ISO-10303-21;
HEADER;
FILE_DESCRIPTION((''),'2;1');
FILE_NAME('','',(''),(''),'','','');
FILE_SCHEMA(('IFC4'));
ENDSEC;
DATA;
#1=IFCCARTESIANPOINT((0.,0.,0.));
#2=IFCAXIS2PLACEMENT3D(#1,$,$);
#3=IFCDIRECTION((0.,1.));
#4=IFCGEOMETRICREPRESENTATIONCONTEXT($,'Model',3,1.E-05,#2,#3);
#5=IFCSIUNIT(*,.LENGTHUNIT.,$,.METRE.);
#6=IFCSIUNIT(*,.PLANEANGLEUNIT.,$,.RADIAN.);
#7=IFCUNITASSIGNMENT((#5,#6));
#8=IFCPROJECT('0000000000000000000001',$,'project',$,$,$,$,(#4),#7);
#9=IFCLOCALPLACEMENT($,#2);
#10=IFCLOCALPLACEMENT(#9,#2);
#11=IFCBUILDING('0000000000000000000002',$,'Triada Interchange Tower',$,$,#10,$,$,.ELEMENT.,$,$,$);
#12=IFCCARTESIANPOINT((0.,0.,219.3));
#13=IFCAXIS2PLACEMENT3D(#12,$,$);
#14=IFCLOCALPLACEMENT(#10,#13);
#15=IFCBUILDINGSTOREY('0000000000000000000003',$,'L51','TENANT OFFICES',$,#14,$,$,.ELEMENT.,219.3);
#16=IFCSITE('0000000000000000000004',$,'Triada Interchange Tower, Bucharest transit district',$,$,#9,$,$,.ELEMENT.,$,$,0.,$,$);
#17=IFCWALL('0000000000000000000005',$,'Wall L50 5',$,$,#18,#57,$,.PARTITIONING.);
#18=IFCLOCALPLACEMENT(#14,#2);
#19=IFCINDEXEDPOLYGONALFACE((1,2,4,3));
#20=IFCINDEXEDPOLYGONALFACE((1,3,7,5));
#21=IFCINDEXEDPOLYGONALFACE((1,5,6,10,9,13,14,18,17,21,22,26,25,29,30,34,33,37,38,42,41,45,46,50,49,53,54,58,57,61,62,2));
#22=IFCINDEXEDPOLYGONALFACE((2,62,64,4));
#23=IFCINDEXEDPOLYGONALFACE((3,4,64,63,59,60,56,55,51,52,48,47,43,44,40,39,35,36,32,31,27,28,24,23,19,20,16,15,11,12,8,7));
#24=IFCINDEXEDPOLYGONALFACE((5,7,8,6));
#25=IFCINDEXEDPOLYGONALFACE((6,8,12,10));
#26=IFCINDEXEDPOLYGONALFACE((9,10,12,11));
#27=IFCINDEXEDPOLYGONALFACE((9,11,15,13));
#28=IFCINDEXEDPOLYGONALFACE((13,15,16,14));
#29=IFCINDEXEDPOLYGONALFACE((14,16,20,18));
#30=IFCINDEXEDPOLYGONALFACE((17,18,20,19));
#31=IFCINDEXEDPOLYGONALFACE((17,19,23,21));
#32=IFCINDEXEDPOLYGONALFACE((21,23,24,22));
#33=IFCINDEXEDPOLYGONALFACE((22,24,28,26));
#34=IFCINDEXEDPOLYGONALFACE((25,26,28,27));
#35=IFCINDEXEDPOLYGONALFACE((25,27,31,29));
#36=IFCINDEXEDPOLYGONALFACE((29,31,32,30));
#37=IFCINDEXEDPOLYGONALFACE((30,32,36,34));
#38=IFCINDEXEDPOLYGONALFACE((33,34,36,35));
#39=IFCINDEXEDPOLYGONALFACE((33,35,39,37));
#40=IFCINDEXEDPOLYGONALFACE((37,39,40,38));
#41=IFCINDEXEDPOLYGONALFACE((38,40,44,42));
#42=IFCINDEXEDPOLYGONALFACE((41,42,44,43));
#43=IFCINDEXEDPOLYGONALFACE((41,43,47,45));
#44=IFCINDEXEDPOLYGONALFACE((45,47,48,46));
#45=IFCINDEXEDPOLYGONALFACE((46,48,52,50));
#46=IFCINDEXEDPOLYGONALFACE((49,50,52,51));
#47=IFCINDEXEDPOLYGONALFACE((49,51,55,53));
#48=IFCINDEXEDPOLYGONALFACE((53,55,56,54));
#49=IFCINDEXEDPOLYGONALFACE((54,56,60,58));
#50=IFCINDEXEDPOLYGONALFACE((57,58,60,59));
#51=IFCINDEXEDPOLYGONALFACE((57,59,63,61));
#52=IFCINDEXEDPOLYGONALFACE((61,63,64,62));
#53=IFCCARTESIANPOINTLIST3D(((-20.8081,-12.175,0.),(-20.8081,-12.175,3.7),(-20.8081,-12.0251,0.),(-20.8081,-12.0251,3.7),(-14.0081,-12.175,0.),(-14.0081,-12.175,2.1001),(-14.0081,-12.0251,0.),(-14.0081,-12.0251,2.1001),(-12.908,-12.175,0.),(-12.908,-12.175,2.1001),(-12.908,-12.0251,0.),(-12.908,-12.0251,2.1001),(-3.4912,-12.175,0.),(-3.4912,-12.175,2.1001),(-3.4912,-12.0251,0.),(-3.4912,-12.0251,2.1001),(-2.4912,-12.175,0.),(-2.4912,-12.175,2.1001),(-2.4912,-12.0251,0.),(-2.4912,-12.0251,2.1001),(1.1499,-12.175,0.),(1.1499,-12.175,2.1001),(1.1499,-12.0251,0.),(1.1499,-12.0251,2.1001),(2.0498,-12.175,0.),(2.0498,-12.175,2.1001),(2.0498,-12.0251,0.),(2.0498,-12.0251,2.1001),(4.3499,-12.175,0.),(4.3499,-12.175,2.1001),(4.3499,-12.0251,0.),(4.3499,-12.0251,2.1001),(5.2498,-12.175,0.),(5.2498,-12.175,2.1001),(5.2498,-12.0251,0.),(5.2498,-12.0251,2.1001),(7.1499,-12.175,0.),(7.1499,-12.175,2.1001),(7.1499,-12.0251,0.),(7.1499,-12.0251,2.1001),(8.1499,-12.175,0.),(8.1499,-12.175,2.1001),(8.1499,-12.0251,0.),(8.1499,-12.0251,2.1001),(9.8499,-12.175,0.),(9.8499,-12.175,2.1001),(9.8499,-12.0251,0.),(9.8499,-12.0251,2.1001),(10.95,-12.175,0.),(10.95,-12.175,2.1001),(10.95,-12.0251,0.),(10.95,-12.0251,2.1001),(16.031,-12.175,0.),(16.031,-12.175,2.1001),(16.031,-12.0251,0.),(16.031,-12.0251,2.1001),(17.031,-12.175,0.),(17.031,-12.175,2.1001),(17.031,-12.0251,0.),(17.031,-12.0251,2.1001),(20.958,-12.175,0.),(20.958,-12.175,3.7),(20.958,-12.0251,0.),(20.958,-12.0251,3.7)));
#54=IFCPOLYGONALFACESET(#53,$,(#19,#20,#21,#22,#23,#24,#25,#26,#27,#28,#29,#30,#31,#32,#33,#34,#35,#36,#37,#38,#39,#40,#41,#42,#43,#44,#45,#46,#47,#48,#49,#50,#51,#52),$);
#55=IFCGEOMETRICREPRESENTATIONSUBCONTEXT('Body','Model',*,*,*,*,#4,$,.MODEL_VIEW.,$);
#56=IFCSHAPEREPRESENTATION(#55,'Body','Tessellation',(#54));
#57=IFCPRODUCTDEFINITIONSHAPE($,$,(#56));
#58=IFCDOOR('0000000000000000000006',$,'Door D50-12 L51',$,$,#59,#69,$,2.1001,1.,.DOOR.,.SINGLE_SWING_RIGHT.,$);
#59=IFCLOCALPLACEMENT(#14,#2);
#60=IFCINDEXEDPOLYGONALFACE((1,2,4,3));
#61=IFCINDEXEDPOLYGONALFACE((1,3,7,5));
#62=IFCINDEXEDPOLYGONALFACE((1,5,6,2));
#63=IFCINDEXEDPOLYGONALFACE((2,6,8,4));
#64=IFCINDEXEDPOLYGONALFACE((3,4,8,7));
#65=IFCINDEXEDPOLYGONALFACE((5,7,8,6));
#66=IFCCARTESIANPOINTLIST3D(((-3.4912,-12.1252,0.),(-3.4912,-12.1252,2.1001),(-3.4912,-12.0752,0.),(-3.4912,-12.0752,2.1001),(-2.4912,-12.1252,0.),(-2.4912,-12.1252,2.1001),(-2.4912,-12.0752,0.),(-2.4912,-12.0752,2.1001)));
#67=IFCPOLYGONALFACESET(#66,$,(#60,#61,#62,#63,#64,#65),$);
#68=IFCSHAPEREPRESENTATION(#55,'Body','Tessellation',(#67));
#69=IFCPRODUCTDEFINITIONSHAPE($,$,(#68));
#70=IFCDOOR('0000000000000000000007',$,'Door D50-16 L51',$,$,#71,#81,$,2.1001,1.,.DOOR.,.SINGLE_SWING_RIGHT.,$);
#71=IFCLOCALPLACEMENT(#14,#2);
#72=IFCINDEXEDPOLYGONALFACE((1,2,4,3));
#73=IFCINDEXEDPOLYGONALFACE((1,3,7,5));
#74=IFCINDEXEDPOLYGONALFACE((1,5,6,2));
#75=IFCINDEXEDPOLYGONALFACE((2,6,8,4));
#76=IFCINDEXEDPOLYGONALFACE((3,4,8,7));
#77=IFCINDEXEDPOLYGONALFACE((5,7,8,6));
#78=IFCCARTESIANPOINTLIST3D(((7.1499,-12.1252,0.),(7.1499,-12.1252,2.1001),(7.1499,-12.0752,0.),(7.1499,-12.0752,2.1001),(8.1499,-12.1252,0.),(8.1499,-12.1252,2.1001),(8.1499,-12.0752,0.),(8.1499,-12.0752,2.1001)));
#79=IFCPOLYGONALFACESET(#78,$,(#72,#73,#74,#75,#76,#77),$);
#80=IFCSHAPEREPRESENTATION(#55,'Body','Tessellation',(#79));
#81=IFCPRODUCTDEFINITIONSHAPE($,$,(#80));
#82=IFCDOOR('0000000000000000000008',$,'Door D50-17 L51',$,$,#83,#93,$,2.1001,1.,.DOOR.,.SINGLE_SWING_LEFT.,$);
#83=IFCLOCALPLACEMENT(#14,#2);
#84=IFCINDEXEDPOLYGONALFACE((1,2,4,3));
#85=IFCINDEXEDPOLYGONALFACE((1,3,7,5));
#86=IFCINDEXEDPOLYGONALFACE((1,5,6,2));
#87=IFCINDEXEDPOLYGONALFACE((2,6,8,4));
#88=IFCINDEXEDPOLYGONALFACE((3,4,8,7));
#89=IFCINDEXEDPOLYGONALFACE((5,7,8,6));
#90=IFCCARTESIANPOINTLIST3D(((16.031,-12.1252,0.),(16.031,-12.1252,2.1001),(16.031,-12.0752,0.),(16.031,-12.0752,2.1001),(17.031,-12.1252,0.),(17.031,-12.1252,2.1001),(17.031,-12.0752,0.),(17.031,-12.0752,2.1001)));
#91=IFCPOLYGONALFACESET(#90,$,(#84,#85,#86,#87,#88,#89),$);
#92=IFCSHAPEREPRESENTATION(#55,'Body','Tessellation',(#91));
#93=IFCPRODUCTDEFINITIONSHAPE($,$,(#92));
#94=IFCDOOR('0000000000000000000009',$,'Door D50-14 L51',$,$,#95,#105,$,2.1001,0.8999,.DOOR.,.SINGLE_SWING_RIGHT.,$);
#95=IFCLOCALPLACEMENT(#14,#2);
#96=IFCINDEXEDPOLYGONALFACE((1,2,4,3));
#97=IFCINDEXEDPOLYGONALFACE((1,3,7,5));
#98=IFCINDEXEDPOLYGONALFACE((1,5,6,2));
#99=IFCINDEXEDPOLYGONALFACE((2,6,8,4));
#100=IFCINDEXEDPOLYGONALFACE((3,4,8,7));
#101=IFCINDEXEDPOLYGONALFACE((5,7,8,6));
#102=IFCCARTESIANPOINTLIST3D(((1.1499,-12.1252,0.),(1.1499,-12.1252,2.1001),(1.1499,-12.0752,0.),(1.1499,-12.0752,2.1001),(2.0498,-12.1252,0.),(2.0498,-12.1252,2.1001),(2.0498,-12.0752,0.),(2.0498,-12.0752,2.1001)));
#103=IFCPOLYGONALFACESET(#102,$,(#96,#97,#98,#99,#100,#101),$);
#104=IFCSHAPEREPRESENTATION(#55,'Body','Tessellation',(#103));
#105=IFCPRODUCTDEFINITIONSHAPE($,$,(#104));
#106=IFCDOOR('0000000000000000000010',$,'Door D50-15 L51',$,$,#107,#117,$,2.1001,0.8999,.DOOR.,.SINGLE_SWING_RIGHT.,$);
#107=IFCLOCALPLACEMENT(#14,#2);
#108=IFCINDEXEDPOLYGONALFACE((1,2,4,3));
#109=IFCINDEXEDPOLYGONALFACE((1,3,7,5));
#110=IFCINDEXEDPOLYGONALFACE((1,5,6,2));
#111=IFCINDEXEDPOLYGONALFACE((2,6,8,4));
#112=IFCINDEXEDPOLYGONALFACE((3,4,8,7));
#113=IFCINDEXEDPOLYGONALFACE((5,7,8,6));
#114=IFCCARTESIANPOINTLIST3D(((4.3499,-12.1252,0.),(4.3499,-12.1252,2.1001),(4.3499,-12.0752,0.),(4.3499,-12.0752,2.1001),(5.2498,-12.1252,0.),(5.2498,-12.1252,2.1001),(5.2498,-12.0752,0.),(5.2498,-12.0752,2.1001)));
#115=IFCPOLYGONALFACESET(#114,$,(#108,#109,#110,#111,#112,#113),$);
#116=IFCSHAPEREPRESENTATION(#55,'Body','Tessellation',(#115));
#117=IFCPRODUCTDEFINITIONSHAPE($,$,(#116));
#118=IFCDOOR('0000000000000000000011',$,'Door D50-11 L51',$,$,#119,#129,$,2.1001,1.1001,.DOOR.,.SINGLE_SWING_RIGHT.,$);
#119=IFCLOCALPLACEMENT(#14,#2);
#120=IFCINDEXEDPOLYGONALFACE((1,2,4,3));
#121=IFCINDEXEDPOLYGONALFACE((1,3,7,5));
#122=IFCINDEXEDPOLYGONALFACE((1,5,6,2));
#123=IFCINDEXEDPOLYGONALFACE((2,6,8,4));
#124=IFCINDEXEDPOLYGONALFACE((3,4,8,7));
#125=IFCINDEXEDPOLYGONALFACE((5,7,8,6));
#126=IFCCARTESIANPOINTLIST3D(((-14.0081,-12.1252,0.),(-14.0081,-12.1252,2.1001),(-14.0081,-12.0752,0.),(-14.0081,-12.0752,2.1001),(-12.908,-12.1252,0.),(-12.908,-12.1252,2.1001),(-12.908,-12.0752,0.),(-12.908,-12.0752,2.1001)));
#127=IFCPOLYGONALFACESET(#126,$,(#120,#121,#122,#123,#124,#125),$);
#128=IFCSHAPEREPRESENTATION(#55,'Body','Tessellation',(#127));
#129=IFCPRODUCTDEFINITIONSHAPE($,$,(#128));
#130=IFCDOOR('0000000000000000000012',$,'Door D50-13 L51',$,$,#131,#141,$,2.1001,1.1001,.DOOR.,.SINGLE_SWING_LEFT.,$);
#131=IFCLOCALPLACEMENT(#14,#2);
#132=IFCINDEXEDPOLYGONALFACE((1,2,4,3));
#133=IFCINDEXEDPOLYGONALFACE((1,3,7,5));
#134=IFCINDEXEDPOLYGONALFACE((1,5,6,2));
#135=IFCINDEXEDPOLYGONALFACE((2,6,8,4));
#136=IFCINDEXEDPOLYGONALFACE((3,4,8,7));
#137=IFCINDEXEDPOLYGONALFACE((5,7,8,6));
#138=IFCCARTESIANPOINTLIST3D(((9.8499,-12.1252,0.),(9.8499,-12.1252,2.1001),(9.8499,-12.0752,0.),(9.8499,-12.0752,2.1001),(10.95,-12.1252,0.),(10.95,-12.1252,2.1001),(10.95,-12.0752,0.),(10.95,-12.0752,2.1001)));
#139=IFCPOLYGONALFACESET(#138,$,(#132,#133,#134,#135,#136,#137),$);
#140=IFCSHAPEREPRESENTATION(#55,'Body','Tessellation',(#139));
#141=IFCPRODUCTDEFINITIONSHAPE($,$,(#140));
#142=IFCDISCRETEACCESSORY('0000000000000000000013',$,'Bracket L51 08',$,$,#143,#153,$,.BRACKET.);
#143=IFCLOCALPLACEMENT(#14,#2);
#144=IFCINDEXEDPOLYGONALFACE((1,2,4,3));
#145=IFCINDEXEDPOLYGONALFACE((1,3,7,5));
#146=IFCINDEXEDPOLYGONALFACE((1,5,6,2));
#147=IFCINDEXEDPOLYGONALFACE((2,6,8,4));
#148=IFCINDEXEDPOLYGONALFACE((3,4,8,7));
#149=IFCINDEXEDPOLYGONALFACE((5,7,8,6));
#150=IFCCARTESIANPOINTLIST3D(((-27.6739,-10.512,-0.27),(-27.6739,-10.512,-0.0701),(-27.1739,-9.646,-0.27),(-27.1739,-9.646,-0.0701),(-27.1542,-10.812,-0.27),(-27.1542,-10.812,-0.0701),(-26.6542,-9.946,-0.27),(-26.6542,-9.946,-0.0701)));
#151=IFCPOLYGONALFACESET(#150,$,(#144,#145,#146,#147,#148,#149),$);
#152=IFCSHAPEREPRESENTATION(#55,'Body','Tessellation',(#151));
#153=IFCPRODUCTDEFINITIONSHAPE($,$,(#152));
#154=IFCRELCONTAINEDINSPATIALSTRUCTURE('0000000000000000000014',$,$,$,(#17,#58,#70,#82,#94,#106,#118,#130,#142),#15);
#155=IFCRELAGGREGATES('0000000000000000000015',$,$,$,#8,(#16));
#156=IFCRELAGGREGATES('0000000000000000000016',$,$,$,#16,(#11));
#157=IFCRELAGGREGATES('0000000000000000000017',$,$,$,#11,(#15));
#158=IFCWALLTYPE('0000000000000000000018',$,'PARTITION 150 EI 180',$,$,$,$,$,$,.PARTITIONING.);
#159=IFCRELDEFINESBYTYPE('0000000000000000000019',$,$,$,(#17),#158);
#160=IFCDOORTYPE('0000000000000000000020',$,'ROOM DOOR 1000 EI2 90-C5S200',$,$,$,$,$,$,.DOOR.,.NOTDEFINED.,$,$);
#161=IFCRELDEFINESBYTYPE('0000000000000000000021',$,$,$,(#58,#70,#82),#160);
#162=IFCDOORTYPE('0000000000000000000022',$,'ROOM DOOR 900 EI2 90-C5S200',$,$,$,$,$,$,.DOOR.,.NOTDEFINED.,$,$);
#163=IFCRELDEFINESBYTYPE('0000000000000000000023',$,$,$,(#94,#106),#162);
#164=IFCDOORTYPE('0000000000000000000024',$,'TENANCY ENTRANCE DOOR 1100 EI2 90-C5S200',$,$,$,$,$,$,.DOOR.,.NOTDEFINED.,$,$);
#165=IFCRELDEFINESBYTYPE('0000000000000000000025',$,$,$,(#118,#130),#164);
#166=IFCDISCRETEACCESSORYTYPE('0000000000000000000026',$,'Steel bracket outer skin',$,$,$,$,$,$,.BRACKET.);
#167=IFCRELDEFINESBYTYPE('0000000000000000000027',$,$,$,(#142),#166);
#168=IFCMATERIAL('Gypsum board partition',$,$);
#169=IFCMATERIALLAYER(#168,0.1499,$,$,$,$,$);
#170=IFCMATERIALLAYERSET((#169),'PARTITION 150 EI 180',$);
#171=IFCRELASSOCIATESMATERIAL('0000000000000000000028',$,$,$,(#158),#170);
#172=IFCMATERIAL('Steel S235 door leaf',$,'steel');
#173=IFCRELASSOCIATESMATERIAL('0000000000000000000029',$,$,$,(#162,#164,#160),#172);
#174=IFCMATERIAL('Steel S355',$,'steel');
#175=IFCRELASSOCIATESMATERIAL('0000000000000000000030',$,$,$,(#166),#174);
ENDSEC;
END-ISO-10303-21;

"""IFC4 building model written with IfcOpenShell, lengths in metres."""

from ifc_helpers import new_model, si_unit, direction, frame, frame_2d, origin, origin_2d, place, context, subcontext, project, spatial, rectangle, extrude, material, layer, layer_set, type_object, element, fill, save


model = new_model("IFC4")

# Units and contexts
model_context = context("Model", 3, precision=1e-05, world=origin(), true_north=direction((0.0, 1.0)))
body_context = subcontext(model_context, "Body", "Model", "MODEL_VIEW")
ifc_project = project(units=[si_unit("LENGTHUNIT", "METRE"), si_unit("PLANEANGLEUNIT", "RADIAN")], contexts=[model_context])

# Site, building, storey
site_placement = place(None, origin())
site = spatial("IfcSite", under=ifc_project, at=site_placement, Name="Triada Interchange Tower, Bucharest transit district", CompositionType="ELEMENT", RefElevation=0.0)
building_placement = place(site_placement, origin())
building = spatial("IfcBuilding", under=site, at=building_placement, Name="Triada Interchange Tower", CompositionType="ELEMENT")
storey_placement = place(building_placement, frame((0.0, 0.0, 219.3)))
storey = spatial("IfcBuildingStorey", under=building, at=storey_placement, Name="L51", Description="TENANT OFFICES", CompositionType="ELEMENT", Elevation=219.3)

# Wall, openings, doors
ifc_material_1 = material(Name="Gypsum board partition")
ifc_layer = layer(ifc_material_1, 0.1499)
ifc_layer_set = layer_set([ifc_layer], Name="PARTITION 150 EI 180")
wall_type = type_object("IfcWallType", Name="PARTITION 150 EI 180", PredefinedType="PARTITIONING", material=ifc_layer_set)
ifc_material_2 = material(Name="Steel S235 door leaf", Category="steel")
door_type_1 = type_object("IfcDoorType", Name="ROOM DOOR 900 EI2 90-C5S200", OperationType="NOTDEFINED", PredefinedType="DOOR", material=ifc_material_2)
door_type_2 = type_object("IfcDoorType", Name="TENANCY ENTRANCE DOOR 1100 EI2 90-C5S200", OperationType="NOTDEFINED", PredefinedType="DOOR", material=ifc_material_2)
wall_1_placement = place(storey_placement, frame((-20.8081, -12.1001, 0.0), z_axis=(0.0, 0.0, 1.0), x_axis=(1.0, 0.0, 0.0)))
wall_1 = element("IfcWall", 1, at=wall_1_placement, inside=storey, type_object=wall_type, Name="Wall L50 5", PredefinedType="PARTITIONING", context=body_context, shape_type="SweptSolid", body=[
    extrude(rectangle(XDim=41.7661, YDim=0.1499, at=frame_2d((20.8831, 0.0))), origin(), (0.0, 0.0, 1.0), 3.7),
])
opening_1_placement = place(wall_1_placement, frame((6.8, 0.0, 0.0)))
opening_1 = element("IfcOpeningElement", 2, at=opening_1_placement, cuts=wall_1, PredefinedType="OPENING", context=body_context, shape_type="SweptSolid", body=[
    extrude(rectangle(XDim=1.1001, YDim=2.1001, at=frame_2d((0.55, 1.05))), frame((0.0, 0.085, 0.0), z_axis=(0.0, -1.0, 0.0), x_axis=(1.0, 0.0, 0.0)), (0.0, 0.0, 1.0), 0.1699),
])
opening_2_placement = place(wall_1_placement, frame((17.3169, 0.0, 0.0)))
opening_2 = element("IfcOpeningElement", 3, at=opening_2_placement, cuts=wall_1, PredefinedType="OPENING", context=body_context, shape_type="SweptSolid", body=[
    extrude(rectangle(XDim=1.0, YDim=2.1001, at=frame_2d((0.5, 1.05))), frame((0.0, 0.085, 0.0), z_axis=(0.0, -1.0, 0.0), x_axis=(1.0, 0.0, 0.0)), (0.0, 0.0, 1.0), 0.1699),
])
opening_3_placement = place(wall_1_placement, frame((30.658, 0.0, 0.0)))
opening_3 = element("IfcOpeningElement", 4, at=opening_3_placement, cuts=wall_1, PredefinedType="OPENING", context=body_context, shape_type="SweptSolid", body=[
    extrude(rectangle(XDim=1.1001, YDim=2.1001, at=frame_2d((0.55, 1.05))), frame((0.0, 0.085, 0.0), z_axis=(0.0, -1.0, 0.0), x_axis=(1.0, 0.0, 0.0)), (0.0, 0.0, 1.0), 0.1699),
])
opening_4_placement = place(wall_1_placement, frame((21.958, 0.0, 0.0)))
opening_4 = element("IfcOpeningElement", 5, at=opening_4_placement, cuts=wall_1, PredefinedType="OPENING", context=body_context, shape_type="SweptSolid", body=[
    extrude(rectangle(XDim=0.8999, YDim=2.1001, at=frame_2d((0.45, 1.05))), frame((0.0, 0.085, 0.0), z_axis=(0.0, -1.0, 0.0), x_axis=(1.0, 0.0, 0.0)), (0.0, 0.0, 1.0), 0.1699),
])
opening_5_placement = place(wall_1_placement, frame((25.158, 0.0, 0.0)))
opening_5 = element("IfcOpeningElement", 6, at=opening_5_placement, cuts=wall_1, PredefinedType="OPENING", context=body_context, shape_type="SweptSolid", body=[
    extrude(rectangle(XDim=0.8999, YDim=2.1001, at=frame_2d((0.45, 1.05))), frame((0.0, 0.085, 0.0), z_axis=(0.0, -1.0, 0.0), x_axis=(1.0, 0.0, 0.0)), (0.0, 0.0, 1.0), 0.1699),
])
opening_6_placement = place(wall_1_placement, frame((27.958, 0.0, 0.0)))
opening_6 = element("IfcOpeningElement", 7, at=opening_6_placement, cuts=wall_1, PredefinedType="OPENING", context=body_context, shape_type="SweptSolid", body=[
    extrude(rectangle(XDim=1.0, YDim=2.1001, at=frame_2d((0.5, 1.05))), frame((0.0, 0.085, 0.0), z_axis=(0.0, -1.0, 0.0), x_axis=(1.0, 0.0, 0.0)), (0.0, 0.0, 1.0), 0.1699),
])
opening_7_placement = place(wall_1_placement, frame((36.8391, 0.0, 0.0)))
opening_7 = element("IfcOpeningElement", 8, at=opening_7_placement, cuts=wall_1, PredefinedType="OPENING", context=body_context, shape_type="SweptSolid", body=[
    extrude(rectangle(XDim=1.0, YDim=2.1001, at=frame_2d((0.5, 1.05))), frame((0.0, 0.085, 0.0), z_axis=(0.0, -1.0, 0.0), x_axis=(1.0, 0.0, 0.0)), (0.0, 0.0, 1.0), 0.1699),
])
door_type_3 = type_object("IfcDoorType", Name="ROOM DOOR 1000 EI2 90-C5S200", OperationType="NOTDEFINED", PredefinedType="DOOR", material=ifc_material_2)
door_1_placement = place(opening_2_placement, origin())
door_1 = element("IfcDoor", 9, at=door_1_placement, inside=storey, type_object=door_type_3, Name="Door D50-12 L51", OperationType="SINGLE_SWING_RIGHT", OverallHeight=2.1001, OverallWidth=1.0, PredefinedType="DOOR", context=body_context, shape_type="SweptSolid", body=[
    extrude(rectangle(XDim=1.0, YDim=2.1001, at=frame_2d((0.5, 1.05))), frame((0.0, 0.0249, 0.0), z_axis=(0.0, -1.0, 0.0), x_axis=(1.0, 0.0, 0.0)), (0.0, 0.0, 1.0), 0.05),
])
fill(opening_2, door_1)
door_2_placement = place(opening_6_placement, origin())
door_2 = element("IfcDoor", 10, at=door_2_placement, inside=storey, type_object=door_type_3, Name="Door D50-16 L51", OperationType="SINGLE_SWING_RIGHT", OverallHeight=2.1001, OverallWidth=1.0, PredefinedType="DOOR", context=body_context, shape_type="SweptSolid", body=[
    extrude(rectangle(XDim=1.0, YDim=2.1001, at=frame_2d((0.5, 1.05))), frame((0.0, 0.0249, 0.0), z_axis=(0.0, -1.0, 0.0), x_axis=(1.0, 0.0, 0.0)), (0.0, 0.0, 1.0), 0.05),
])
fill(opening_6, door_2)
door_3_placement = place(opening_7_placement, origin())
door_3 = element("IfcDoor", 11, at=door_3_placement, inside=storey, type_object=door_type_3, Name="Door D50-17 L51", OperationType="SINGLE_SWING_LEFT", OverallHeight=2.1001, OverallWidth=1.0, PredefinedType="DOOR", context=body_context, shape_type="SweptSolid", body=[
    extrude(rectangle(XDim=1.0, YDim=2.1001, at=frame_2d((0.5, 1.05))), frame((0.0, 0.0249, 0.0), z_axis=(0.0, -1.0, 0.0), x_axis=(1.0, 0.0, 0.0)), (0.0, 0.0, 1.0), 0.05),
])
fill(opening_7, door_3)
door_4_placement = place(opening_4_placement, origin())
door_4 = element("IfcDoor", 12, at=door_4_placement, inside=storey, type_object=door_type_1, Name="Door D50-14 L51", OperationType="SINGLE_SWING_RIGHT", OverallHeight=2.1001, OverallWidth=0.8999, PredefinedType="DOOR", context=body_context, shape_type="SweptSolid", body=[
    extrude(rectangle(XDim=0.8999, YDim=2.1001, at=frame_2d((0.45, 1.05))), frame((0.0, 0.0249, 0.0), z_axis=(0.0, -1.0, 0.0), x_axis=(1.0, 0.0, 0.0)), (0.0, 0.0, 1.0), 0.05),
])
fill(opening_4, door_4)
door_5_placement = place(opening_5_placement, origin())
door_5 = element("IfcDoor", 13, at=door_5_placement, inside=storey, type_object=door_type_1, Name="Door D50-15 L51", OperationType="SINGLE_SWING_RIGHT", OverallHeight=2.1001, OverallWidth=0.8999, PredefinedType="DOOR", context=body_context, shape_type="SweptSolid", body=[
    extrude(rectangle(XDim=0.8999, YDim=2.1001, at=frame_2d((0.45, 1.05))), frame((0.0, 0.0249, 0.0), z_axis=(0.0, -1.0, 0.0), x_axis=(1.0, 0.0, 0.0)), (0.0, 0.0, 1.0), 0.05),
])
fill(opening_5, door_5)
door_6_placement = place(opening_1_placement, origin())
door_6 = element("IfcDoor", 14, at=door_6_placement, inside=storey, type_object=door_type_2, Name="Door D50-11 L51", OperationType="SINGLE_SWING_RIGHT", OverallHeight=2.1001, OverallWidth=1.1001, PredefinedType="DOOR", context=body_context, shape_type="SweptSolid", body=[
    extrude(rectangle(XDim=1.1001, YDim=2.1001, at=frame_2d((0.55, 1.05))), frame((0.0, 0.0249, 0.0), z_axis=(0.0, -1.0, 0.0), x_axis=(1.0, 0.0, 0.0)), (0.0, 0.0, 1.0), 0.05),
])
fill(opening_1, door_6)
door_7_placement = place(opening_3_placement, origin())
door_7 = element("IfcDoor", 15, at=door_7_placement, inside=storey, type_object=door_type_2, Name="Door D50-13 L51", OperationType="SINGLE_SWING_LEFT", OverallHeight=2.1001, OverallWidth=1.1001, PredefinedType="DOOR", context=body_context, shape_type="SweptSolid", body=[
    extrude(rectangle(XDim=1.1001, YDim=2.1001, at=frame_2d((0.55, 1.05))), frame((0.0, 0.0249, 0.0), z_axis=(0.0, -1.0, 0.0), x_axis=(1.0, 0.0, 0.0)), (0.0, 0.0, 1.0), 0.05),
])
fill(opening_3, door_7)

# Discrete accessory
ifc_material_3 = material(Name="Steel S355", Category="steel")
discrete_accessory_type = type_object("IfcDiscreteAccessoryType", Name="Steel bracket outer skin", PredefinedType="BRACKET", material=ifc_material_3)
discrete_accessory_placement = place(storey_placement, frame((-27.1641, -10.229, -0.27), z_axis=(0.0, 0.0, 1.0), x_axis=(-0.866025, 0.500001, 0.0)))
element("IfcDiscreteAccessory", 16, at=discrete_accessory_placement, inside=storey, type_object=discrete_accessory_type, Name="Bracket L51 08", PredefinedType="BRACKET", context=body_context, shape_type="SweptSolid", body=[
    extrude(rectangle(XDim=0.6001, YDim=1.0, at=origin_2d()), origin(), (0.0, 0.0, 1.0), 0.2),
])

save(model, "model.ifc")
